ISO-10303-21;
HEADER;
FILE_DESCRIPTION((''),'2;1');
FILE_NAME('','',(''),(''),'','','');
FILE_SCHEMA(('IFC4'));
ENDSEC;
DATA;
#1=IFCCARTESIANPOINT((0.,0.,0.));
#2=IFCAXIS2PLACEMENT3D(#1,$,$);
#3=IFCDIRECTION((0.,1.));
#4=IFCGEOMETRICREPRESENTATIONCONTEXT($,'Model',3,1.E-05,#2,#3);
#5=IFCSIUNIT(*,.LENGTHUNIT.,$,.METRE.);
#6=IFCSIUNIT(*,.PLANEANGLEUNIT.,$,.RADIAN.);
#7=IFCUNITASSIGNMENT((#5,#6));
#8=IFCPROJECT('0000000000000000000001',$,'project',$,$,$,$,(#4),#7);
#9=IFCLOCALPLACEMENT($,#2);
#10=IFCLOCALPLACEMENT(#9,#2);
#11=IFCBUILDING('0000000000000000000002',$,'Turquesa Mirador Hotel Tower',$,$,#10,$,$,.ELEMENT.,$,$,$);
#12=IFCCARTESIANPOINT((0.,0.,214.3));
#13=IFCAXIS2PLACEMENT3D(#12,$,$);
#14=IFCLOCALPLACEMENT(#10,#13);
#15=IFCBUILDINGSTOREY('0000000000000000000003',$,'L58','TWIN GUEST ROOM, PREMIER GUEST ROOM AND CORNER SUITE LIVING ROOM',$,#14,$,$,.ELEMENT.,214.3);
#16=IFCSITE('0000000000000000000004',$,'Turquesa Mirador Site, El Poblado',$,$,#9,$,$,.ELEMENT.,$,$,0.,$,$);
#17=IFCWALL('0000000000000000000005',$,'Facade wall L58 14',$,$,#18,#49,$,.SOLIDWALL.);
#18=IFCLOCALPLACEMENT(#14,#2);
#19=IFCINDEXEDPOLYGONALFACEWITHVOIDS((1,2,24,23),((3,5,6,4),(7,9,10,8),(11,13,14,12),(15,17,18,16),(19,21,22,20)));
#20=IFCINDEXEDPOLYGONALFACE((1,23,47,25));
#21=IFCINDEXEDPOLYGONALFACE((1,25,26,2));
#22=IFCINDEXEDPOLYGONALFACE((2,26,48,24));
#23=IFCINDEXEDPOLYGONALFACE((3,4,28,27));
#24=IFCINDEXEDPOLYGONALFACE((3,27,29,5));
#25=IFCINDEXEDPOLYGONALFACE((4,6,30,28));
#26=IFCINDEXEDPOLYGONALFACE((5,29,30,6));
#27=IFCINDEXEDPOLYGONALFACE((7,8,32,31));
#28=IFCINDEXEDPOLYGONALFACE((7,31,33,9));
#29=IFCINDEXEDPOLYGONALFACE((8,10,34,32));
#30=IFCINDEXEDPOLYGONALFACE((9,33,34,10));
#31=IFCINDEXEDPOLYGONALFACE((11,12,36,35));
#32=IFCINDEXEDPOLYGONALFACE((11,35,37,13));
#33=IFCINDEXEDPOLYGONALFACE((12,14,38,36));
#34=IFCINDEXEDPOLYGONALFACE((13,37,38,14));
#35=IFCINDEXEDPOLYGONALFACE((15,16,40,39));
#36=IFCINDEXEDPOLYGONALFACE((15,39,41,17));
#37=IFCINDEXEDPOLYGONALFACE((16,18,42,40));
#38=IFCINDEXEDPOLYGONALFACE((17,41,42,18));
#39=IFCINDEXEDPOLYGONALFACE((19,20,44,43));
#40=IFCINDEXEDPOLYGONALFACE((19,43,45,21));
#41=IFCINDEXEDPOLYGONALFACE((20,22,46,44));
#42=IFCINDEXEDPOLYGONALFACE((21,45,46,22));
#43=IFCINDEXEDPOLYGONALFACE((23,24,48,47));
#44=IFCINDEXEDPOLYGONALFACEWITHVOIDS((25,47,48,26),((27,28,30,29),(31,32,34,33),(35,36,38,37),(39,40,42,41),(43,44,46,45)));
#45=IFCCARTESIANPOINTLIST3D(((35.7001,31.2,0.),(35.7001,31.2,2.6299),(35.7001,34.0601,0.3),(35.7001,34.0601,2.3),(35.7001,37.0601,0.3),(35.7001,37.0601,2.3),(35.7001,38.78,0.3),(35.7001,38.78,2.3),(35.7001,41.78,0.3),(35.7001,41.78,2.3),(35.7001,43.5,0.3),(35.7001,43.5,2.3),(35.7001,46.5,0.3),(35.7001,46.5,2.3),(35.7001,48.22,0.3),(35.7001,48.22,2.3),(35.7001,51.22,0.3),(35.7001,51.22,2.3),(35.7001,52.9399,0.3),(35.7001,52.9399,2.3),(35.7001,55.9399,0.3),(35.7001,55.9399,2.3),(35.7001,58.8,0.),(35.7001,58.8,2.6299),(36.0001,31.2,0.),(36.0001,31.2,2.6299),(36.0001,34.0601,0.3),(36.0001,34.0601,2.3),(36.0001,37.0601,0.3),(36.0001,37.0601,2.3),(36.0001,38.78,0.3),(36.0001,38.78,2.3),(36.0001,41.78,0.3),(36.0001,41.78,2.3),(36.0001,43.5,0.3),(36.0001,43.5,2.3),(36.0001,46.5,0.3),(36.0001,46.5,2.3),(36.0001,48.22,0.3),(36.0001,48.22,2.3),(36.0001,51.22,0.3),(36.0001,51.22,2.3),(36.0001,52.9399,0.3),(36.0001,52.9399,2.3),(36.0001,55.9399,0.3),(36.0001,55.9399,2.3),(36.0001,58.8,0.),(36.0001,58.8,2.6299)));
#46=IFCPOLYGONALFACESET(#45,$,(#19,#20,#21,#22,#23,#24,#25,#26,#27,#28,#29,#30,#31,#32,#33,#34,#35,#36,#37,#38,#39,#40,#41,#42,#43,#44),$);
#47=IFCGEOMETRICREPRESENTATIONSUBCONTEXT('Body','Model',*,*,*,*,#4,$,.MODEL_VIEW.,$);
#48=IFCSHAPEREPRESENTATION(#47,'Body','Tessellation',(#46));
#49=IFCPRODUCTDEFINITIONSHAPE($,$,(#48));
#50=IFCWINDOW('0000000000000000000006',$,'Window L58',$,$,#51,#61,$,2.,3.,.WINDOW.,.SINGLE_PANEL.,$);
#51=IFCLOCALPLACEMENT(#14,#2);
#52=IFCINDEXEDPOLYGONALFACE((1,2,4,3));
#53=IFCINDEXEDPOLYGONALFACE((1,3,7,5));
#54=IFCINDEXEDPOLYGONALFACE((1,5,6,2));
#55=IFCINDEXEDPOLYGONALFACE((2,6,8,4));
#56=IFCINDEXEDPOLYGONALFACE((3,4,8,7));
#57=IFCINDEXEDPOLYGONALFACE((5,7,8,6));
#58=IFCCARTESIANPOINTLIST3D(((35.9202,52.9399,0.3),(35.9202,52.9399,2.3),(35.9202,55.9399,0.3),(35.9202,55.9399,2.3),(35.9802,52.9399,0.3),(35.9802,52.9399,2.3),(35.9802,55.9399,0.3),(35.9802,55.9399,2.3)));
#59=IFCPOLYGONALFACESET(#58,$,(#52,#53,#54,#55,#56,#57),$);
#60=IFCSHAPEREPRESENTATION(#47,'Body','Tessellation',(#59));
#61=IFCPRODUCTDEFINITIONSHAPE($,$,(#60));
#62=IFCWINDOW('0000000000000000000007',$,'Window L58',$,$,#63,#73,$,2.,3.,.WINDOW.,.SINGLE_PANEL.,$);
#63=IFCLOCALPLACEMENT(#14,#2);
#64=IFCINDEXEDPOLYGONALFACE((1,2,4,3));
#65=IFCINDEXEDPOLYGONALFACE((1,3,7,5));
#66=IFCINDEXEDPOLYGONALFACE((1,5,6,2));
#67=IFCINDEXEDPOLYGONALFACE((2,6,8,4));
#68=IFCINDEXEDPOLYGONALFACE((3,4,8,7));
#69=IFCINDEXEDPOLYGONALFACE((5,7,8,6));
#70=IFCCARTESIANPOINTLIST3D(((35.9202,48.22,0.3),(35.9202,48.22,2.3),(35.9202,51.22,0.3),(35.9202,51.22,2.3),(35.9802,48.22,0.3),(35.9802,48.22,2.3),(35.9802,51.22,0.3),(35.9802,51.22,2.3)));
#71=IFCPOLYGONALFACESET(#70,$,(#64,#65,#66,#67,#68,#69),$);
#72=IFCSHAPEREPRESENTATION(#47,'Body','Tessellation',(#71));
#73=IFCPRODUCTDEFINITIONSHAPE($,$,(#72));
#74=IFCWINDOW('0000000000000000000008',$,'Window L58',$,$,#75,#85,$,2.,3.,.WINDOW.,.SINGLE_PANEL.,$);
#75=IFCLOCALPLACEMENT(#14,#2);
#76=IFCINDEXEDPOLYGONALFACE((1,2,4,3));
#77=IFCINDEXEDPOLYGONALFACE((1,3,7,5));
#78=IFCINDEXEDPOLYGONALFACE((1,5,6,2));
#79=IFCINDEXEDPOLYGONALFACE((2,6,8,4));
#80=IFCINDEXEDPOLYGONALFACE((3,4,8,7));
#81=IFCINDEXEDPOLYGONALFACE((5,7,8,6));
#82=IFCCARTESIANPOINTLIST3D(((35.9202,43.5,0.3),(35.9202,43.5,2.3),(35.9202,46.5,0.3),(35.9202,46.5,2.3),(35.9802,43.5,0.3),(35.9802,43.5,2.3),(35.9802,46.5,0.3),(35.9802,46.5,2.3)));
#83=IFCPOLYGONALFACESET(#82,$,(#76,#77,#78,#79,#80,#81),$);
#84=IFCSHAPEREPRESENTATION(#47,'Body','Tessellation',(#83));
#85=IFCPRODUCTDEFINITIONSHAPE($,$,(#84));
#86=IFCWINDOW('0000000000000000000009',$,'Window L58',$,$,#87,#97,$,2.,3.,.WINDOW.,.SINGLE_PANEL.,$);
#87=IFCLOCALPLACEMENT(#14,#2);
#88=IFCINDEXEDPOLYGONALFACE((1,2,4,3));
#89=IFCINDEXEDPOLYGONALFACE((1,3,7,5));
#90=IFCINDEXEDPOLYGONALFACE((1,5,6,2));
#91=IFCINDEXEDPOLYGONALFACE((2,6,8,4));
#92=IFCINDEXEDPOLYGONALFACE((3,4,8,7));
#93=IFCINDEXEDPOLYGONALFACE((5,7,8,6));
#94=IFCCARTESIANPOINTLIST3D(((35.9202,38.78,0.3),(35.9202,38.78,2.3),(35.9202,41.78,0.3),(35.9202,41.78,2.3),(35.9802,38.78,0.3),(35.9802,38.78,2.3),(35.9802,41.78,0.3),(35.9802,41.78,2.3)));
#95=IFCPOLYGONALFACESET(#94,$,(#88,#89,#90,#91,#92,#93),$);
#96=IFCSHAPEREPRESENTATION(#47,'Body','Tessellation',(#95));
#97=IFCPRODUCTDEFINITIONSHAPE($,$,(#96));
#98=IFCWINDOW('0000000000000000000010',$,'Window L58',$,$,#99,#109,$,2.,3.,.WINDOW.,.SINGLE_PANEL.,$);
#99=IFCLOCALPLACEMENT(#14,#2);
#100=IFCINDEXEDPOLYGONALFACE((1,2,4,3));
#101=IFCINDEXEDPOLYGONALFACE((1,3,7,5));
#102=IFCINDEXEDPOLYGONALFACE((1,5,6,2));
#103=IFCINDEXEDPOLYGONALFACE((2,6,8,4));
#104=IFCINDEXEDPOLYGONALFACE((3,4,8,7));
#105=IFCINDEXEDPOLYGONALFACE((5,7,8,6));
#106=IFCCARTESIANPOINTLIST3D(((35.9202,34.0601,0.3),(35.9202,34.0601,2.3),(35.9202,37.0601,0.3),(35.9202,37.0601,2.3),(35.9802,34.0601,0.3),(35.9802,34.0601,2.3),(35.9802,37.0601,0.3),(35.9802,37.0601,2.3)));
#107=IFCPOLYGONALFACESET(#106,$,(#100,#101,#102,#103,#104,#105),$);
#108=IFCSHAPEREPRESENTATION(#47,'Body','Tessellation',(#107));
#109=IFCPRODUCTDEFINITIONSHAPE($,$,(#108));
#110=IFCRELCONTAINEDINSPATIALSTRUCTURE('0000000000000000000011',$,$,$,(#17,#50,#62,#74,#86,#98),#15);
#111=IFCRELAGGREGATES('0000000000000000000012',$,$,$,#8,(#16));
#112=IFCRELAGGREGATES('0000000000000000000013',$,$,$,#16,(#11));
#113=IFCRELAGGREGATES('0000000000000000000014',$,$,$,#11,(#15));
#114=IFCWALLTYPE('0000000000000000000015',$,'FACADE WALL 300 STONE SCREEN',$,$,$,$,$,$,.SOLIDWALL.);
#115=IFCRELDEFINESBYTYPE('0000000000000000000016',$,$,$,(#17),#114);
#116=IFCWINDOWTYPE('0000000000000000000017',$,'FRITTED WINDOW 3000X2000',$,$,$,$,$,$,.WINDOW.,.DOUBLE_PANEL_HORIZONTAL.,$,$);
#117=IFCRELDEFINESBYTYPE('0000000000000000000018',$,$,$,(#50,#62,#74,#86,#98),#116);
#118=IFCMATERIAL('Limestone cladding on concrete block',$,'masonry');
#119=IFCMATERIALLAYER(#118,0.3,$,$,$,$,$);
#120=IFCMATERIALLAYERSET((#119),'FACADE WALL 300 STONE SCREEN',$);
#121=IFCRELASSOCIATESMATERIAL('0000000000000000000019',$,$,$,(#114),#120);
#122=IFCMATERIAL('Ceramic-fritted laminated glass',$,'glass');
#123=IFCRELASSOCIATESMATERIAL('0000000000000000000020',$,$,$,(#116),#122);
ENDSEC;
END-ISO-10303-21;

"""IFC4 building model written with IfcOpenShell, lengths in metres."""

from ifc_helpers import new_model, si_unit, direction, frame, frame_2d, origin, place, context, subcontext, project, spatial, rectangle, extrude, material, layer, layer_set, type_object, element, fill, save


model = new_model("IFC4")

# Units and contexts
model_context = context("Model", 3, precision=1e-05, world=origin(), true_north=direction((0.0, 1.0)))
body_context = subcontext(model_context, "Body", "Model", "MODEL_VIEW")
ifc_project = project(units=[si_unit("LENGTHUNIT", "METRE"), si_unit("PLANEANGLEUNIT", "RADIAN")], contexts=[model_context])

# Site, building, storey
site_placement = place(None, origin())
site = spatial("IfcSite", under=ifc_project, at=site_placement, Name="Turquesa Mirador Site, El Poblado", CompositionType="ELEMENT", RefElevation=0.0)
building_placement = place(site_placement, origin())
building = spatial("IfcBuilding", under=site, at=building_placement, Name="Turquesa Mirador Hotel Tower", CompositionType="ELEMENT")
storey_placement = place(building_placement, frame((0.0, 0.0, 214.3)))
storey = spatial("IfcBuildingStorey", under=building, at=storey_placement, Name="L58", Description="TWIN GUEST ROOM, PREMIER GUEST ROOM AND CORNER SUITE LIVING ROOM", CompositionType="ELEMENT", Elevation=214.3)

# Shared definitions
ifc_material_1 = material(Name="Limestone cladding on concrete block", Category="masonry")
ifc_layer = layer(ifc_material_1, 0.3)
ifc_layer_set = layer_set([ifc_layer], Name="FACADE WALL 300 STONE SCREEN")
wall_type = type_object("IfcWallType", Name="FACADE WALL 300 STONE SCREEN", PredefinedType="SOLIDWALL", material=ifc_layer_set)

# Wall, openings, windows
wall_1_placement = place(storey_placement, frame((35.8501, 58.8, 0.0), z_axis=(0.0, 0.0, 1.0), x_axis=(0.0, -1.0, 0.0)))
wall_1 = element("IfcWall", 1, at=wall_1_placement, inside=storey, type_object=wall_type, Name="Facade wall L58 14", PredefinedType="SOLIDWALL", context=body_context, shape_type="SweptSolid", body=[
    extrude(rectangle(XDim=27.6001, YDim=0.3, at=frame_2d((13.8, 0.0))), origin(), (0.0, 0.0, 1.0), 2.6299),
])
opening_1_placement = place(wall_1_placement, frame((2.8601, 0.0, 0.3)))
opening_1 = element("IfcOpeningElement", 2, at=opening_1_placement, cuts=wall_1, PredefinedType="OPENING", context=body_context, shape_type="SweptSolid", body=[
    extrude(rectangle(XDim=3.0, YDim=2.0, at=frame_2d((1.5, 1.0))), frame((0.0, 0.1599, 0.0), z_axis=(0.0, -1.0, 0.0), x_axis=(1.0, 0.0, 0.0)), (0.0, 0.0, 1.0), 0.3201),
])
opening_2_placement = place(wall_1_placement, frame((7.5801, 0.0, 0.3)))
opening_2 = element("IfcOpeningElement", 3, at=opening_2_placement, cuts=wall_1, PredefinedType="OPENING", context=body_context, shape_type="SweptSolid", body=[
    extrude(rectangle(XDim=3.0, YDim=2.0, at=frame_2d((1.5, 1.0))), frame((0.0, 0.1599, 0.0), z_axis=(0.0, -1.0, 0.0), x_axis=(1.0, 0.0, 0.0)), (0.0, 0.0, 1.0), 0.3201),
])
opening_3_placement = place(wall_1_placement, frame((12.3, 0.0, 0.3)))
opening_3 = element("IfcOpeningElement", 4, at=opening_3_placement, cuts=wall_1, PredefinedType="OPENING", context=body_context, shape_type="SweptSolid", body=[
    extrude(rectangle(XDim=3.0, YDim=2.0, at=frame_2d((1.5, 1.0))), frame((0.0, 0.1599, 0.0), z_axis=(0.0, -1.0, 0.0), x_axis=(1.0, 0.0, 0.0)), (0.0, 0.0, 1.0), 0.3201),
])
opening_4_placement = place(wall_1_placement, frame((17.02, 0.0, 0.3)))
opening_4 = element("IfcOpeningElement", 5, at=opening_4_placement, cuts=wall_1, PredefinedType="OPENING", context=body_context, shape_type="SweptSolid", body=[
    extrude(rectangle(XDim=3.0, YDim=2.0, at=frame_2d((1.5, 1.0))), frame((0.0, 0.1599, 0.0), z_axis=(0.0, -1.0, 0.0), x_axis=(1.0, 0.0, 0.0)), (0.0, 0.0, 1.0), 0.3201),
])
opening_5_placement = place(wall_1_placement, frame((21.74, 0.0, 0.3)))
opening_5 = element("IfcOpeningElement", 6, at=opening_5_placement, cuts=wall_1, PredefinedType="OPENING", context=body_context, shape_type="SweptSolid", body=[
    extrude(rectangle(XDim=3.0, YDim=2.0, at=frame_2d((1.5, 1.0))), frame((0.0, 0.1599, 0.0), z_axis=(0.0, -1.0, 0.0), x_axis=(1.0, 0.0, 0.0)), (0.0, 0.0, 1.0), 0.3201),
])
ifc_material_2 = material(Name="Ceramic-fritted laminated glass", Category="glass")
window_type_1 = type_object("IfcWindowType", Name="FRITTED WINDOW 3000X2000", PartitioningType="DOUBLE_PANEL_HORIZONTAL", PredefinedType="WINDOW", material=ifc_material_2)
window_1_placement = place(opening_1_placement, origin())
window_1 = element("IfcWindow", 7, at=window_1_placement, inside=storey, type_object=window_type_1, Name="Window L58", OverallHeight=2.0, OverallWidth=3.0, PartitioningType="SINGLE_PANEL", PredefinedType="WINDOW", context=body_context, shape_type="SweptSolid", body=[
    extrude(rectangle(XDim=3.0, YDim=2.0, at=frame_2d((1.5, 1.0))), frame((0.0, 0.1301, 0.0), z_axis=(0.0, -1.0, 0.0), x_axis=(1.0, 0.0, 0.0)), (0.0, 0.0, 1.0), 0.0601),
])
fill(opening_1, window_1)
window_2_placement = place(opening_2_placement, origin())
window_2 = element("IfcWindow", 8, at=window_2_placement, inside=storey, type_object=window_type_1, Name="Window L58", OverallHeight=2.0, OverallWidth=3.0, PartitioningType="SINGLE_PANEL", PredefinedType="WINDOW", context=body_context, shape_type="SweptSolid", body=[
    extrude(rectangle(XDim=3.0, YDim=2.0, at=frame_2d((1.5, 1.0))), frame((0.0, 0.1301, 0.0), z_axis=(0.0, -1.0, 0.0), x_axis=(1.0, 0.0, 0.0)), (0.0, 0.0, 1.0), 0.0601),
])
fill(opening_2, window_2)
window_3_placement = place(opening_3_placement, origin())
window_3 = element("IfcWindow", 9, at=window_3_placement, inside=storey, type_object=window_type_1, Name="Window L58", OverallHeight=2.0, OverallWidth=3.0, PartitioningType="SINGLE_PANEL", PredefinedType="WINDOW", context=body_context, shape_type="SweptSolid", body=[
    extrude(rectangle(XDim=3.0, YDim=2.0, at=frame_2d((1.5, 1.0))), frame((0.0, 0.1301, 0.0), z_axis=(0.0, -1.0, 0.0), x_axis=(1.0, 0.0, 0.0)), (0.0, 0.0, 1.0), 0.0601),
])
fill(opening_3, window_3)
window_4_placement = place(opening_4_placement, origin())
window_4 = element("IfcWindow", 10, at=window_4_placement, inside=storey, type_object=window_type_1, Name="Window L58", OverallHeight=2.0, OverallWidth=3.0, PartitioningType="SINGLE_PANEL", PredefinedType="WINDOW", context=body_context, shape_type="SweptSolid", body=[
    extrude(rectangle(XDim=3.0, YDim=2.0, at=frame_2d((1.5, 1.0))), frame((0.0, 0.1301, 0.0), z_axis=(0.0, -1.0, 0.0), x_axis=(1.0, 0.0, 0.0)), (0.0, 0.0, 1.0), 0.0601),
])
fill(opening_4, window_4)
window_5_placement = place(opening_5_placement, origin())
window_5 = element("IfcWindow", 11, at=window_5_placement, inside=storey, type_object=window_type_1, Name="Window L58", OverallHeight=2.0, OverallWidth=3.0, PartitioningType="SINGLE_PANEL", PredefinedType="WINDOW", context=body_context, shape_type="SweptSolid", body=[
    extrude(rectangle(XDim=3.0, YDim=2.0, at=frame_2d((1.5, 1.0))), frame((0.0, 0.1301, 0.0), z_axis=(0.0, -1.0, 0.0), x_axis=(1.0, 0.0, 0.0)), (0.0, 0.0, 1.0), 0.0601),
])
fill(opening_5, window_5)

save(model, "model.ifc")
